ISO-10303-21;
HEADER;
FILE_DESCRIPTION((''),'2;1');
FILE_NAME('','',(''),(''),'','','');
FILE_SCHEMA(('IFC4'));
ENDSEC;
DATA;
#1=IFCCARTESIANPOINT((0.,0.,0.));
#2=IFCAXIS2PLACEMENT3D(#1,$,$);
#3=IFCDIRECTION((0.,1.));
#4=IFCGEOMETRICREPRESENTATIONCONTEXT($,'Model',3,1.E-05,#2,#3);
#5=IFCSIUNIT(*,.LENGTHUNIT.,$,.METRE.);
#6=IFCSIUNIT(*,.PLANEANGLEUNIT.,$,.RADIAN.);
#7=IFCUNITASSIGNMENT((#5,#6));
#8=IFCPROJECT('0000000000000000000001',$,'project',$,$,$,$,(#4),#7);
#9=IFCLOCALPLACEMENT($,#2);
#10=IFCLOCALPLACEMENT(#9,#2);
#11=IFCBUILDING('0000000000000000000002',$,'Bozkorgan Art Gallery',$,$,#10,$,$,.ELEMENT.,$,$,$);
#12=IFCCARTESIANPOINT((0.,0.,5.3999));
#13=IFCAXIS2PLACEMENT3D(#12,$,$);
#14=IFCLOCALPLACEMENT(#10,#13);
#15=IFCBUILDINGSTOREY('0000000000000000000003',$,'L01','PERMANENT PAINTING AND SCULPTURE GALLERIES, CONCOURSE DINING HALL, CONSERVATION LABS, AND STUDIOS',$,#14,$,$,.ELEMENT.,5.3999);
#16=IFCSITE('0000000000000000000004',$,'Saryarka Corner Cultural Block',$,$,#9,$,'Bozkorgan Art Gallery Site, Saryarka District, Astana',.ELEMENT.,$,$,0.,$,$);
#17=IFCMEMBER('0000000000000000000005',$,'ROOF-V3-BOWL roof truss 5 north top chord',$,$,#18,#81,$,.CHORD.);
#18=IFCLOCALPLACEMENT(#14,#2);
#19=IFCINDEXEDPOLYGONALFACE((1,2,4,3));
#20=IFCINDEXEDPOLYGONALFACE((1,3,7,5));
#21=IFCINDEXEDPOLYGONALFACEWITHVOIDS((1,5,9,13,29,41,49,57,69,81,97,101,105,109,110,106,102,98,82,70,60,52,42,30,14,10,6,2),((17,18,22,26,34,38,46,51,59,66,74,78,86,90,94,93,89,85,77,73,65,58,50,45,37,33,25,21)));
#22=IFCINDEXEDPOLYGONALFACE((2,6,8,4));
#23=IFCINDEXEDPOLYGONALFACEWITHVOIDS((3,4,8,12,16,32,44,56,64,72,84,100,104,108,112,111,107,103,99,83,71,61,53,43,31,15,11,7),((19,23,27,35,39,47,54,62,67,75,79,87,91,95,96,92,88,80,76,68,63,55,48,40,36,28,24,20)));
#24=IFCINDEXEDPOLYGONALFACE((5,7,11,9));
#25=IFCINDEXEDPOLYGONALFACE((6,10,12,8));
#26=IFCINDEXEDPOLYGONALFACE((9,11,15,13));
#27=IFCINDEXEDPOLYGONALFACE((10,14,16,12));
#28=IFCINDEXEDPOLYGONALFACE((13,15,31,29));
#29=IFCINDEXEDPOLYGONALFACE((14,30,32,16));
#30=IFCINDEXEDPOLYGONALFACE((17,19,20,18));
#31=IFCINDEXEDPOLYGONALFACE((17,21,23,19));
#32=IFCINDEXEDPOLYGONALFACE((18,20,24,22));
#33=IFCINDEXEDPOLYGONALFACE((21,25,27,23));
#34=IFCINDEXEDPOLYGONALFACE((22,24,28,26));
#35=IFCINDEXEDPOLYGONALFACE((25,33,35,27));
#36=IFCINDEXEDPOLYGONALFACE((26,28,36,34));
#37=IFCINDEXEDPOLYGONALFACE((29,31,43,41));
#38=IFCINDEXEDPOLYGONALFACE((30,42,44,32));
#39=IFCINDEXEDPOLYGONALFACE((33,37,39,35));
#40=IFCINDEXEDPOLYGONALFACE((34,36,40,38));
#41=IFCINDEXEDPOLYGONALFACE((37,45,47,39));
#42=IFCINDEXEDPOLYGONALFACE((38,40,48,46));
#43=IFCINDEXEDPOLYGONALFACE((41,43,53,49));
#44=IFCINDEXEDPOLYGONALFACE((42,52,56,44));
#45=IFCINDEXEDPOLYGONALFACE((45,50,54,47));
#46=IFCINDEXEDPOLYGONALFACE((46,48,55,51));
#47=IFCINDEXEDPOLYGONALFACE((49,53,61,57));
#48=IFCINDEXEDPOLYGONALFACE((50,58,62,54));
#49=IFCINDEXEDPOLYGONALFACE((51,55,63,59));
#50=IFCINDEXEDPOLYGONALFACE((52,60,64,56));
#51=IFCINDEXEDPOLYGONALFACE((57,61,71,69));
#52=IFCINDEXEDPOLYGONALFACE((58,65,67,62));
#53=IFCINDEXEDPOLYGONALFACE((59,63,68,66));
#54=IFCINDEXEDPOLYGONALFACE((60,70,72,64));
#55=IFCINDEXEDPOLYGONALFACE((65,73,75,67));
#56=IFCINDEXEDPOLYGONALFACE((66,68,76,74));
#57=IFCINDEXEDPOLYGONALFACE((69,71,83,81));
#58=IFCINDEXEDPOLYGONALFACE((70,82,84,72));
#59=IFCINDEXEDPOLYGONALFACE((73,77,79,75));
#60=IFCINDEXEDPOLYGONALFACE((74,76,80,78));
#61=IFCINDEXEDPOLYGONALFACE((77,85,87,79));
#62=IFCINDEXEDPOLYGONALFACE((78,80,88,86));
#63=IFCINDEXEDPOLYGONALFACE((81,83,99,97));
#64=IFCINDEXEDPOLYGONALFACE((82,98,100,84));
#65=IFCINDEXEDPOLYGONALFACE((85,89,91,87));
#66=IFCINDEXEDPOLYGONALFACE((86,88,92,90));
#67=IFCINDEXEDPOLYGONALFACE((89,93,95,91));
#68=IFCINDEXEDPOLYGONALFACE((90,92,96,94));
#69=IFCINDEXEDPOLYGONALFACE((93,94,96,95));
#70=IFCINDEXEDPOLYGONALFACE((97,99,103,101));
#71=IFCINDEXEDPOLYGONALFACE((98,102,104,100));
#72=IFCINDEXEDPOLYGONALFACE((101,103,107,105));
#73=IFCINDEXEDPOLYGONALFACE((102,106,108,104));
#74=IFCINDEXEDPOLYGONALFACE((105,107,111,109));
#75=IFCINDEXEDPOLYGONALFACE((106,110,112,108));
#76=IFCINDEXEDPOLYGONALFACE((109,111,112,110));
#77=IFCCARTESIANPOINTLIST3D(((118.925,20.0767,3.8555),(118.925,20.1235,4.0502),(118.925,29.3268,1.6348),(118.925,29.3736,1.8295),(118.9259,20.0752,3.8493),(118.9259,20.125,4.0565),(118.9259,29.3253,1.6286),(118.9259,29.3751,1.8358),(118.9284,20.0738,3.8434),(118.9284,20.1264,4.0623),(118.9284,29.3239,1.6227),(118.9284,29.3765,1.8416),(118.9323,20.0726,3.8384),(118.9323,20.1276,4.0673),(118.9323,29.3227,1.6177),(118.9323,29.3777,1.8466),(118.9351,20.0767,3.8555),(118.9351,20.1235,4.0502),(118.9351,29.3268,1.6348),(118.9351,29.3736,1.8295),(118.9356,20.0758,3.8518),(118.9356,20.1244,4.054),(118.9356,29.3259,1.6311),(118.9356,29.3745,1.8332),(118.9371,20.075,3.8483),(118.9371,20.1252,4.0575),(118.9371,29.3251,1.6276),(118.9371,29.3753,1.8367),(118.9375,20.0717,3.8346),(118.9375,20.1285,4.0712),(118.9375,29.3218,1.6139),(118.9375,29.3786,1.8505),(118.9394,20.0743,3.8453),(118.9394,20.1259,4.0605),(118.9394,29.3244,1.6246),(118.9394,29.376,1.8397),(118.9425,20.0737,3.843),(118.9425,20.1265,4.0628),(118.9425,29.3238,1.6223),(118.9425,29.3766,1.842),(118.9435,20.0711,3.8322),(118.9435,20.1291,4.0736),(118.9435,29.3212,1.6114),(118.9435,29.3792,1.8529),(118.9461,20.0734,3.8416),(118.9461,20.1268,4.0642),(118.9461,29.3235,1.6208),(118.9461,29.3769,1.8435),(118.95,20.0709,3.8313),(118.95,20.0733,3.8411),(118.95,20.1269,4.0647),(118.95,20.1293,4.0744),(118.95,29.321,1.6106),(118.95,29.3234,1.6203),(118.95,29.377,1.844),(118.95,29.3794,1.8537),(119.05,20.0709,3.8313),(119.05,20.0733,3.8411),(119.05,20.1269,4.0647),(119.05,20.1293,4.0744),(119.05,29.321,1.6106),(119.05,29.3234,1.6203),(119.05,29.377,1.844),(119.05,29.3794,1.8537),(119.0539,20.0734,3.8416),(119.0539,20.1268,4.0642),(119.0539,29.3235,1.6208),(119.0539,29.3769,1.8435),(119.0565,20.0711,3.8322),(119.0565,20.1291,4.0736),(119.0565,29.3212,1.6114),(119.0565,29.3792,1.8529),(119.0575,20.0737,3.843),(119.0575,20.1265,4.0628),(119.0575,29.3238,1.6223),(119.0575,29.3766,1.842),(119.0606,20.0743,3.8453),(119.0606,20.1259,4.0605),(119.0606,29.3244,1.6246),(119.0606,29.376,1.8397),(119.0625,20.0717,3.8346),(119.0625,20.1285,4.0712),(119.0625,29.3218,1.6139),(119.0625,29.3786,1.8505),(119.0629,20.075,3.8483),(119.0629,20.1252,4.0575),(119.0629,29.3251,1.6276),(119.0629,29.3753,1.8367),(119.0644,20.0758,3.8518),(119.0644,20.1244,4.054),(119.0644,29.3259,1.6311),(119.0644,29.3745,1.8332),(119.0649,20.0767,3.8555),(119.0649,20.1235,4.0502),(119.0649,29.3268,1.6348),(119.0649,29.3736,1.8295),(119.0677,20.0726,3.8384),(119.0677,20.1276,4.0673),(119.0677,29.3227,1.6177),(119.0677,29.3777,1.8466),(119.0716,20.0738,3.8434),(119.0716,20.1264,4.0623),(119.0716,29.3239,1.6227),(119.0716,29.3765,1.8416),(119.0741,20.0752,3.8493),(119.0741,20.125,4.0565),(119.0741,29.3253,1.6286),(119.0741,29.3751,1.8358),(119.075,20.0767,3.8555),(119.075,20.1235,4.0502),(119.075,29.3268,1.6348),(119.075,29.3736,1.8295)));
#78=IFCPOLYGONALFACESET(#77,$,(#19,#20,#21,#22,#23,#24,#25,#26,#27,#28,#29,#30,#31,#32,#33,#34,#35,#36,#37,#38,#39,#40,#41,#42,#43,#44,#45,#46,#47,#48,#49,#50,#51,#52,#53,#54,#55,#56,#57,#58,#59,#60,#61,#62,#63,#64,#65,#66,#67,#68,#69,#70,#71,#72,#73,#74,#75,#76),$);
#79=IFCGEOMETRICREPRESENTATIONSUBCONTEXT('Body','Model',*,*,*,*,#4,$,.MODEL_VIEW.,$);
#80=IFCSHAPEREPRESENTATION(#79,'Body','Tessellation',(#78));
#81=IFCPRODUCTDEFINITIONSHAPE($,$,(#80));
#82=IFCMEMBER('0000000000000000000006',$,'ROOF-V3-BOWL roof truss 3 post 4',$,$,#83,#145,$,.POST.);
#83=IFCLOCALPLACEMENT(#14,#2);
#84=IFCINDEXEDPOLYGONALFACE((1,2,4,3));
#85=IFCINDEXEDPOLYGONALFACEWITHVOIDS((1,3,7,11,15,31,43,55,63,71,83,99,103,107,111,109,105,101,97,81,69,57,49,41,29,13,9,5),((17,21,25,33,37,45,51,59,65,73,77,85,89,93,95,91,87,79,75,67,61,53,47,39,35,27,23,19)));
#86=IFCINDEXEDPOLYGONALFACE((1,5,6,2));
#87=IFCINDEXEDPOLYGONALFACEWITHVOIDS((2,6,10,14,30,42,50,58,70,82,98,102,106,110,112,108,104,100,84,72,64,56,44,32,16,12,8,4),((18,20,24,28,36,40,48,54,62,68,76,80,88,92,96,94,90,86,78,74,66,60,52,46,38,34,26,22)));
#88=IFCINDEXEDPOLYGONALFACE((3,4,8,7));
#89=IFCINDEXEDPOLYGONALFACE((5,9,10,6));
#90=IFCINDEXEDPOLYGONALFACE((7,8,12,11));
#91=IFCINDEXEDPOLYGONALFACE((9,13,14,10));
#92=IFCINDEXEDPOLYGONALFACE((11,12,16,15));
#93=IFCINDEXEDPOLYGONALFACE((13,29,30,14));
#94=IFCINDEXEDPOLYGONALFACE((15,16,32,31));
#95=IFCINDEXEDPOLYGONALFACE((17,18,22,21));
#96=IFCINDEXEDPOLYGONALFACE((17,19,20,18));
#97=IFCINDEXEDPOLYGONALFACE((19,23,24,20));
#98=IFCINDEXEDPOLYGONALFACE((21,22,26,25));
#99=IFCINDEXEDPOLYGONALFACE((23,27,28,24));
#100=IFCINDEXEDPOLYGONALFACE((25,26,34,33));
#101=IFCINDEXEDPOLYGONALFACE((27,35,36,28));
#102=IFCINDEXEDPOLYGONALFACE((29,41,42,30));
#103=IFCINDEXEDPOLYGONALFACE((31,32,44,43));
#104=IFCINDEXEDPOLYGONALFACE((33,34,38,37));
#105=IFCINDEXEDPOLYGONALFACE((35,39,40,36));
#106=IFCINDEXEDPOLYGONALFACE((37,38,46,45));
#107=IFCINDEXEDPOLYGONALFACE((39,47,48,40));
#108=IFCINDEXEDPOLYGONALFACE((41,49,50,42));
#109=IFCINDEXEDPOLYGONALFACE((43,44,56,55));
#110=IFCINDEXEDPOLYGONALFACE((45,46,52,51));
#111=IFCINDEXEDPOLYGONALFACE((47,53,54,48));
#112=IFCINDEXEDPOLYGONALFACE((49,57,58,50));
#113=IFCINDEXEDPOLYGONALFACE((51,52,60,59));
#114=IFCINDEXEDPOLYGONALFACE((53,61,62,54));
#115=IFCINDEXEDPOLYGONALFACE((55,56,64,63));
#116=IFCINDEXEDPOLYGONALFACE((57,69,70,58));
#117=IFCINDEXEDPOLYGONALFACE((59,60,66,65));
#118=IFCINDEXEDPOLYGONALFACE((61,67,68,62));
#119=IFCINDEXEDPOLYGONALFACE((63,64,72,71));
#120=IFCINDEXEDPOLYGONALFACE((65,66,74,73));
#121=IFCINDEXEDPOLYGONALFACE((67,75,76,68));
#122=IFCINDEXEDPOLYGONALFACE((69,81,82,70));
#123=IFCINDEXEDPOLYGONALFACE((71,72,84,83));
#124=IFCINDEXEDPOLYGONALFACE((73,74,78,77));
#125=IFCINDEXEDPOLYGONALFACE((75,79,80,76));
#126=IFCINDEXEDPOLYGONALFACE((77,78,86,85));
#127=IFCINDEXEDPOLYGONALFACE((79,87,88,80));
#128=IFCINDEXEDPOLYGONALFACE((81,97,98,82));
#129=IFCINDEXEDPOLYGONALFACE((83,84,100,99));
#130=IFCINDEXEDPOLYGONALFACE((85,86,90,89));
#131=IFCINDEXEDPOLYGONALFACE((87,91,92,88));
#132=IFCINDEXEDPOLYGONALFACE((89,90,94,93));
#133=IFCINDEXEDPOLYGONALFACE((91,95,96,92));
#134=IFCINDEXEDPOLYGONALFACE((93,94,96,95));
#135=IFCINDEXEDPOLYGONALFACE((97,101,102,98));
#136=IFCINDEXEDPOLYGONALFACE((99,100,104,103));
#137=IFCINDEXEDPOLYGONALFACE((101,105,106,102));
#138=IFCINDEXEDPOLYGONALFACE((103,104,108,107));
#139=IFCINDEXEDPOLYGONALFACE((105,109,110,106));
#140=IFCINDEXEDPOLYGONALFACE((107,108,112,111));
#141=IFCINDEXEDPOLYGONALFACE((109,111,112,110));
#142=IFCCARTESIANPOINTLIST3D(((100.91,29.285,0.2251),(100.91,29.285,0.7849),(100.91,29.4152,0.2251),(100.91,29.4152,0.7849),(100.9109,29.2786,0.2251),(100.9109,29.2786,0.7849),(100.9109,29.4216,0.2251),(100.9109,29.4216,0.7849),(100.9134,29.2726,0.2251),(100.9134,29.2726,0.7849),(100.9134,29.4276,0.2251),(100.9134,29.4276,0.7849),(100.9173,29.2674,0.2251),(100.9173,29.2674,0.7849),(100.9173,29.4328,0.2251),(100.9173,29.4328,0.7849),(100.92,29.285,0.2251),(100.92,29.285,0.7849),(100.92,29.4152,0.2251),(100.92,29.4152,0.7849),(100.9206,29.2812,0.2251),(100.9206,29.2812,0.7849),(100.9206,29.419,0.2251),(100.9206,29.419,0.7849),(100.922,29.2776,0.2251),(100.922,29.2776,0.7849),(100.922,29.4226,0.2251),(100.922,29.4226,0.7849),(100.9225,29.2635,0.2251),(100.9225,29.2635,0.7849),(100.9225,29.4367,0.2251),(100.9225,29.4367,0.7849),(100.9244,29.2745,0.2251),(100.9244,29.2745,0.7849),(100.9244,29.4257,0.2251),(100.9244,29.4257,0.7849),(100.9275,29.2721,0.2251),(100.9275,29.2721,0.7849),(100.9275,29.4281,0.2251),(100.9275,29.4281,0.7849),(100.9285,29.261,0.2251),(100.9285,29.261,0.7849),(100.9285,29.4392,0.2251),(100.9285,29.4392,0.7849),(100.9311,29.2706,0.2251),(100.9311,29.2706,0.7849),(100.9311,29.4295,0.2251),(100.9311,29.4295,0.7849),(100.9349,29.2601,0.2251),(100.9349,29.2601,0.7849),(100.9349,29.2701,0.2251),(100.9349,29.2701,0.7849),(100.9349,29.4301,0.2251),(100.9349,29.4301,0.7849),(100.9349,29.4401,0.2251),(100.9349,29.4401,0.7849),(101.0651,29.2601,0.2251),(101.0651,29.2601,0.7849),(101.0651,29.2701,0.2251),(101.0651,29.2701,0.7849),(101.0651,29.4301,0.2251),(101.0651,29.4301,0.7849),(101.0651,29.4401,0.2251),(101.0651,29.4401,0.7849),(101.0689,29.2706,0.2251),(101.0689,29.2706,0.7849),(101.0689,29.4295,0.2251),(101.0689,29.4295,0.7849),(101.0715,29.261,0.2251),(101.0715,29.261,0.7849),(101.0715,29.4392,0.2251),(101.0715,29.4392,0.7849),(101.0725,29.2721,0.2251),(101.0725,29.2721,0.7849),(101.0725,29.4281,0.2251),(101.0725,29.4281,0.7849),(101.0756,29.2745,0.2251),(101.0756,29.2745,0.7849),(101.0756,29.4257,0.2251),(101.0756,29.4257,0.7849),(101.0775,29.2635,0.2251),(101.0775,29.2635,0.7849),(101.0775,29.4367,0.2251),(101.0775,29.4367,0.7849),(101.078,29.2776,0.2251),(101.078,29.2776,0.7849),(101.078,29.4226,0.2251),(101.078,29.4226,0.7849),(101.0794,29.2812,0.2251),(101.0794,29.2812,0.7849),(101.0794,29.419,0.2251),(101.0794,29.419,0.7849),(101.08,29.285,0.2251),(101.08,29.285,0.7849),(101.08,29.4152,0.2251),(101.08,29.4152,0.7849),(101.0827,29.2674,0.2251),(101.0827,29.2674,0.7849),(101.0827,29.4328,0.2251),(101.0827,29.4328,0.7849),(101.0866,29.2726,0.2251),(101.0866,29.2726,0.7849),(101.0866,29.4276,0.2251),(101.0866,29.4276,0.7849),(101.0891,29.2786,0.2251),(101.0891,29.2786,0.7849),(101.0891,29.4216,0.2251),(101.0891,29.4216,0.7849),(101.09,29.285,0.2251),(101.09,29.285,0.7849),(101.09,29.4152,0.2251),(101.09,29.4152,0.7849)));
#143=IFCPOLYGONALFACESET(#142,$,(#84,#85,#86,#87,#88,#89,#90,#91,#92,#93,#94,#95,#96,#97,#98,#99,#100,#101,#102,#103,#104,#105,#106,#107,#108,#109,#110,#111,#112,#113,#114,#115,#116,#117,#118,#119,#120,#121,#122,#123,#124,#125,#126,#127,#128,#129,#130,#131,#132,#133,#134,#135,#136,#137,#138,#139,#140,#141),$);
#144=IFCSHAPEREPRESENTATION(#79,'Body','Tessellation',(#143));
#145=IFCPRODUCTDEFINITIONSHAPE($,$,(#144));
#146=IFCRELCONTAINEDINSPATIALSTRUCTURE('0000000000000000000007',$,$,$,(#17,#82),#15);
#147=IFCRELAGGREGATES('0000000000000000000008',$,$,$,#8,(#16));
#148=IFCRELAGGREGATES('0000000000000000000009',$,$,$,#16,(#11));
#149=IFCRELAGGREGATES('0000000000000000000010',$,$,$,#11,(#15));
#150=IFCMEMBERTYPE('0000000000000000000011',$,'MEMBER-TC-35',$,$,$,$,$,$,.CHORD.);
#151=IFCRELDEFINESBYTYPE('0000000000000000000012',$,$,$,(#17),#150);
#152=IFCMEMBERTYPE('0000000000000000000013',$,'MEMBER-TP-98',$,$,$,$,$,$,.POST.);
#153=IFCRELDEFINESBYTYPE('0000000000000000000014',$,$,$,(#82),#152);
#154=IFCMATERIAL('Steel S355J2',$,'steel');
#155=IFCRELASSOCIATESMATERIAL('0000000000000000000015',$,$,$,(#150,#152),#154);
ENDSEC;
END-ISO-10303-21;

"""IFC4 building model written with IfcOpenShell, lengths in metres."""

from ifc_helpers import new_model, si_unit, direction, frame, origin, origin_2d, place, context, subcontext, project, spatial, hollow_rectangle, extrude, material, material_profile, profile_set, type_object, element, save


model = new_model("IFC4")

# Units and contexts
model_context = context("Model", 3, precision=1e-05, world=origin(), true_north=direction((0.0, 1.0)))
body_context = subcontext(model_context, "Body", "Model", "MODEL_VIEW")
ifc_project = project(units=[si_unit("LENGTHUNIT", "METRE"), si_unit("PLANEANGLEUNIT", "RADIAN")], contexts=[model_context])

# Site, building, storey
site_placement = place(None, origin())
site = spatial("IfcSite", under=ifc_project, at=site_placement, Name="Saryarka Corner Cultural Block", LongName="Bozkorgan Art Gallery Site, Saryarka District, Astana", CompositionType="ELEMENT", RefElevation=0.0)
building_placement = place(site_placement, origin())
building = spatial("IfcBuilding", under=site, at=building_placement, Name="Bozkorgan Art Gallery", CompositionType="ELEMENT")
storey_placement = place(building_placement, frame((0.0, 0.0, 5.3999)))
storey = spatial("IfcBuildingStorey", under=building, at=storey_placement, Name="L01", Description="PERMANENT PAINTING AND SCULPTURE GALLERIES, CONCOURSE DINING HALL, CONSERVATION LABS, AND STUDIOS", CompositionType="ELEMENT", Elevation=5.3999)

# Shared definitions
ifc_material_1 = material(Name="Steel S355J2", Category="steel")

# Members
ifc_material_profile_1 = material_profile(ifc_material_1, hollow_rectangle(XDim=0.1499, YDim=0.25, WallThickness=0.01, InnerFilletRadius=0.0149, OuterFilletRadius=0.0249, at=origin_2d()), Name="RHS 250x150x10")
ifc_profile_set_1 = profile_set([ifc_material_profile_1], Name="Steel S355J2")
member_type_1 = type_object("IfcMemberType", Name="MEMBER-TC-35", PredefinedType="CHORD", material=ifc_profile_set_1)
member_1_placement = place(storey_placement, frame((119.0, 20.1001, 3.9529), z_axis=(0.0, 0.972371, -0.233443), x_axis=(-1.0, 0.0, 0.0)))
element("IfcMember", 1, at=member_1_placement, inside=storey, type_object=member_type_1, Name="ROOF-V3-BOWL roof truss 5 north top chord", PredefinedType="CHORD", context=body_context, shape_type="SweptSolid", body=[
    extrude(hollow_rectangle(XDim=0.1499, YDim=0.25, WallThickness=0.01, InnerFilletRadius=0.0149, OuterFilletRadius=0.0249, at=origin_2d()), origin(), (0.0, 0.0, 1.0), 9.5129),
])
ifc_material_profile_2 = material_profile(ifc_material_1, hollow_rectangle(XDim=0.1799, YDim=0.1799, WallThickness=0.01, InnerFilletRadius=0.0149, OuterFilletRadius=0.0249, at=origin_2d()), Name="SHS 180x180x10")
ifc_profile_set_2 = profile_set([ifc_material_profile_2], Name="Steel S355J2")
member_type_2 = type_object("IfcMemberType", Name="MEMBER-TP-98", PredefinedType="POST", material=ifc_profile_set_2)
member_2_placement = place(storey_placement, frame((101.0, 29.3501, 0.2251), z_axis=(0.0, 0.0, 1.0), x_axis=(1.0, 0.0, 0.0)))
element("IfcMember", 2, at=member_2_placement, inside=storey, type_object=member_type_2, Name="ROOF-V3-BOWL roof truss 3 post 4", PredefinedType="POST", context=body_context, shape_type="SweptSolid", body=[
    extrude(hollow_rectangle(XDim=0.1799, YDim=0.1799, WallThickness=0.01, InnerFilletRadius=0.0149, OuterFilletRadius=0.0249, at=origin_2d()), origin(), (0.0, 0.0, 1.0), 0.5598),
])

save(model, "model.ifc")
